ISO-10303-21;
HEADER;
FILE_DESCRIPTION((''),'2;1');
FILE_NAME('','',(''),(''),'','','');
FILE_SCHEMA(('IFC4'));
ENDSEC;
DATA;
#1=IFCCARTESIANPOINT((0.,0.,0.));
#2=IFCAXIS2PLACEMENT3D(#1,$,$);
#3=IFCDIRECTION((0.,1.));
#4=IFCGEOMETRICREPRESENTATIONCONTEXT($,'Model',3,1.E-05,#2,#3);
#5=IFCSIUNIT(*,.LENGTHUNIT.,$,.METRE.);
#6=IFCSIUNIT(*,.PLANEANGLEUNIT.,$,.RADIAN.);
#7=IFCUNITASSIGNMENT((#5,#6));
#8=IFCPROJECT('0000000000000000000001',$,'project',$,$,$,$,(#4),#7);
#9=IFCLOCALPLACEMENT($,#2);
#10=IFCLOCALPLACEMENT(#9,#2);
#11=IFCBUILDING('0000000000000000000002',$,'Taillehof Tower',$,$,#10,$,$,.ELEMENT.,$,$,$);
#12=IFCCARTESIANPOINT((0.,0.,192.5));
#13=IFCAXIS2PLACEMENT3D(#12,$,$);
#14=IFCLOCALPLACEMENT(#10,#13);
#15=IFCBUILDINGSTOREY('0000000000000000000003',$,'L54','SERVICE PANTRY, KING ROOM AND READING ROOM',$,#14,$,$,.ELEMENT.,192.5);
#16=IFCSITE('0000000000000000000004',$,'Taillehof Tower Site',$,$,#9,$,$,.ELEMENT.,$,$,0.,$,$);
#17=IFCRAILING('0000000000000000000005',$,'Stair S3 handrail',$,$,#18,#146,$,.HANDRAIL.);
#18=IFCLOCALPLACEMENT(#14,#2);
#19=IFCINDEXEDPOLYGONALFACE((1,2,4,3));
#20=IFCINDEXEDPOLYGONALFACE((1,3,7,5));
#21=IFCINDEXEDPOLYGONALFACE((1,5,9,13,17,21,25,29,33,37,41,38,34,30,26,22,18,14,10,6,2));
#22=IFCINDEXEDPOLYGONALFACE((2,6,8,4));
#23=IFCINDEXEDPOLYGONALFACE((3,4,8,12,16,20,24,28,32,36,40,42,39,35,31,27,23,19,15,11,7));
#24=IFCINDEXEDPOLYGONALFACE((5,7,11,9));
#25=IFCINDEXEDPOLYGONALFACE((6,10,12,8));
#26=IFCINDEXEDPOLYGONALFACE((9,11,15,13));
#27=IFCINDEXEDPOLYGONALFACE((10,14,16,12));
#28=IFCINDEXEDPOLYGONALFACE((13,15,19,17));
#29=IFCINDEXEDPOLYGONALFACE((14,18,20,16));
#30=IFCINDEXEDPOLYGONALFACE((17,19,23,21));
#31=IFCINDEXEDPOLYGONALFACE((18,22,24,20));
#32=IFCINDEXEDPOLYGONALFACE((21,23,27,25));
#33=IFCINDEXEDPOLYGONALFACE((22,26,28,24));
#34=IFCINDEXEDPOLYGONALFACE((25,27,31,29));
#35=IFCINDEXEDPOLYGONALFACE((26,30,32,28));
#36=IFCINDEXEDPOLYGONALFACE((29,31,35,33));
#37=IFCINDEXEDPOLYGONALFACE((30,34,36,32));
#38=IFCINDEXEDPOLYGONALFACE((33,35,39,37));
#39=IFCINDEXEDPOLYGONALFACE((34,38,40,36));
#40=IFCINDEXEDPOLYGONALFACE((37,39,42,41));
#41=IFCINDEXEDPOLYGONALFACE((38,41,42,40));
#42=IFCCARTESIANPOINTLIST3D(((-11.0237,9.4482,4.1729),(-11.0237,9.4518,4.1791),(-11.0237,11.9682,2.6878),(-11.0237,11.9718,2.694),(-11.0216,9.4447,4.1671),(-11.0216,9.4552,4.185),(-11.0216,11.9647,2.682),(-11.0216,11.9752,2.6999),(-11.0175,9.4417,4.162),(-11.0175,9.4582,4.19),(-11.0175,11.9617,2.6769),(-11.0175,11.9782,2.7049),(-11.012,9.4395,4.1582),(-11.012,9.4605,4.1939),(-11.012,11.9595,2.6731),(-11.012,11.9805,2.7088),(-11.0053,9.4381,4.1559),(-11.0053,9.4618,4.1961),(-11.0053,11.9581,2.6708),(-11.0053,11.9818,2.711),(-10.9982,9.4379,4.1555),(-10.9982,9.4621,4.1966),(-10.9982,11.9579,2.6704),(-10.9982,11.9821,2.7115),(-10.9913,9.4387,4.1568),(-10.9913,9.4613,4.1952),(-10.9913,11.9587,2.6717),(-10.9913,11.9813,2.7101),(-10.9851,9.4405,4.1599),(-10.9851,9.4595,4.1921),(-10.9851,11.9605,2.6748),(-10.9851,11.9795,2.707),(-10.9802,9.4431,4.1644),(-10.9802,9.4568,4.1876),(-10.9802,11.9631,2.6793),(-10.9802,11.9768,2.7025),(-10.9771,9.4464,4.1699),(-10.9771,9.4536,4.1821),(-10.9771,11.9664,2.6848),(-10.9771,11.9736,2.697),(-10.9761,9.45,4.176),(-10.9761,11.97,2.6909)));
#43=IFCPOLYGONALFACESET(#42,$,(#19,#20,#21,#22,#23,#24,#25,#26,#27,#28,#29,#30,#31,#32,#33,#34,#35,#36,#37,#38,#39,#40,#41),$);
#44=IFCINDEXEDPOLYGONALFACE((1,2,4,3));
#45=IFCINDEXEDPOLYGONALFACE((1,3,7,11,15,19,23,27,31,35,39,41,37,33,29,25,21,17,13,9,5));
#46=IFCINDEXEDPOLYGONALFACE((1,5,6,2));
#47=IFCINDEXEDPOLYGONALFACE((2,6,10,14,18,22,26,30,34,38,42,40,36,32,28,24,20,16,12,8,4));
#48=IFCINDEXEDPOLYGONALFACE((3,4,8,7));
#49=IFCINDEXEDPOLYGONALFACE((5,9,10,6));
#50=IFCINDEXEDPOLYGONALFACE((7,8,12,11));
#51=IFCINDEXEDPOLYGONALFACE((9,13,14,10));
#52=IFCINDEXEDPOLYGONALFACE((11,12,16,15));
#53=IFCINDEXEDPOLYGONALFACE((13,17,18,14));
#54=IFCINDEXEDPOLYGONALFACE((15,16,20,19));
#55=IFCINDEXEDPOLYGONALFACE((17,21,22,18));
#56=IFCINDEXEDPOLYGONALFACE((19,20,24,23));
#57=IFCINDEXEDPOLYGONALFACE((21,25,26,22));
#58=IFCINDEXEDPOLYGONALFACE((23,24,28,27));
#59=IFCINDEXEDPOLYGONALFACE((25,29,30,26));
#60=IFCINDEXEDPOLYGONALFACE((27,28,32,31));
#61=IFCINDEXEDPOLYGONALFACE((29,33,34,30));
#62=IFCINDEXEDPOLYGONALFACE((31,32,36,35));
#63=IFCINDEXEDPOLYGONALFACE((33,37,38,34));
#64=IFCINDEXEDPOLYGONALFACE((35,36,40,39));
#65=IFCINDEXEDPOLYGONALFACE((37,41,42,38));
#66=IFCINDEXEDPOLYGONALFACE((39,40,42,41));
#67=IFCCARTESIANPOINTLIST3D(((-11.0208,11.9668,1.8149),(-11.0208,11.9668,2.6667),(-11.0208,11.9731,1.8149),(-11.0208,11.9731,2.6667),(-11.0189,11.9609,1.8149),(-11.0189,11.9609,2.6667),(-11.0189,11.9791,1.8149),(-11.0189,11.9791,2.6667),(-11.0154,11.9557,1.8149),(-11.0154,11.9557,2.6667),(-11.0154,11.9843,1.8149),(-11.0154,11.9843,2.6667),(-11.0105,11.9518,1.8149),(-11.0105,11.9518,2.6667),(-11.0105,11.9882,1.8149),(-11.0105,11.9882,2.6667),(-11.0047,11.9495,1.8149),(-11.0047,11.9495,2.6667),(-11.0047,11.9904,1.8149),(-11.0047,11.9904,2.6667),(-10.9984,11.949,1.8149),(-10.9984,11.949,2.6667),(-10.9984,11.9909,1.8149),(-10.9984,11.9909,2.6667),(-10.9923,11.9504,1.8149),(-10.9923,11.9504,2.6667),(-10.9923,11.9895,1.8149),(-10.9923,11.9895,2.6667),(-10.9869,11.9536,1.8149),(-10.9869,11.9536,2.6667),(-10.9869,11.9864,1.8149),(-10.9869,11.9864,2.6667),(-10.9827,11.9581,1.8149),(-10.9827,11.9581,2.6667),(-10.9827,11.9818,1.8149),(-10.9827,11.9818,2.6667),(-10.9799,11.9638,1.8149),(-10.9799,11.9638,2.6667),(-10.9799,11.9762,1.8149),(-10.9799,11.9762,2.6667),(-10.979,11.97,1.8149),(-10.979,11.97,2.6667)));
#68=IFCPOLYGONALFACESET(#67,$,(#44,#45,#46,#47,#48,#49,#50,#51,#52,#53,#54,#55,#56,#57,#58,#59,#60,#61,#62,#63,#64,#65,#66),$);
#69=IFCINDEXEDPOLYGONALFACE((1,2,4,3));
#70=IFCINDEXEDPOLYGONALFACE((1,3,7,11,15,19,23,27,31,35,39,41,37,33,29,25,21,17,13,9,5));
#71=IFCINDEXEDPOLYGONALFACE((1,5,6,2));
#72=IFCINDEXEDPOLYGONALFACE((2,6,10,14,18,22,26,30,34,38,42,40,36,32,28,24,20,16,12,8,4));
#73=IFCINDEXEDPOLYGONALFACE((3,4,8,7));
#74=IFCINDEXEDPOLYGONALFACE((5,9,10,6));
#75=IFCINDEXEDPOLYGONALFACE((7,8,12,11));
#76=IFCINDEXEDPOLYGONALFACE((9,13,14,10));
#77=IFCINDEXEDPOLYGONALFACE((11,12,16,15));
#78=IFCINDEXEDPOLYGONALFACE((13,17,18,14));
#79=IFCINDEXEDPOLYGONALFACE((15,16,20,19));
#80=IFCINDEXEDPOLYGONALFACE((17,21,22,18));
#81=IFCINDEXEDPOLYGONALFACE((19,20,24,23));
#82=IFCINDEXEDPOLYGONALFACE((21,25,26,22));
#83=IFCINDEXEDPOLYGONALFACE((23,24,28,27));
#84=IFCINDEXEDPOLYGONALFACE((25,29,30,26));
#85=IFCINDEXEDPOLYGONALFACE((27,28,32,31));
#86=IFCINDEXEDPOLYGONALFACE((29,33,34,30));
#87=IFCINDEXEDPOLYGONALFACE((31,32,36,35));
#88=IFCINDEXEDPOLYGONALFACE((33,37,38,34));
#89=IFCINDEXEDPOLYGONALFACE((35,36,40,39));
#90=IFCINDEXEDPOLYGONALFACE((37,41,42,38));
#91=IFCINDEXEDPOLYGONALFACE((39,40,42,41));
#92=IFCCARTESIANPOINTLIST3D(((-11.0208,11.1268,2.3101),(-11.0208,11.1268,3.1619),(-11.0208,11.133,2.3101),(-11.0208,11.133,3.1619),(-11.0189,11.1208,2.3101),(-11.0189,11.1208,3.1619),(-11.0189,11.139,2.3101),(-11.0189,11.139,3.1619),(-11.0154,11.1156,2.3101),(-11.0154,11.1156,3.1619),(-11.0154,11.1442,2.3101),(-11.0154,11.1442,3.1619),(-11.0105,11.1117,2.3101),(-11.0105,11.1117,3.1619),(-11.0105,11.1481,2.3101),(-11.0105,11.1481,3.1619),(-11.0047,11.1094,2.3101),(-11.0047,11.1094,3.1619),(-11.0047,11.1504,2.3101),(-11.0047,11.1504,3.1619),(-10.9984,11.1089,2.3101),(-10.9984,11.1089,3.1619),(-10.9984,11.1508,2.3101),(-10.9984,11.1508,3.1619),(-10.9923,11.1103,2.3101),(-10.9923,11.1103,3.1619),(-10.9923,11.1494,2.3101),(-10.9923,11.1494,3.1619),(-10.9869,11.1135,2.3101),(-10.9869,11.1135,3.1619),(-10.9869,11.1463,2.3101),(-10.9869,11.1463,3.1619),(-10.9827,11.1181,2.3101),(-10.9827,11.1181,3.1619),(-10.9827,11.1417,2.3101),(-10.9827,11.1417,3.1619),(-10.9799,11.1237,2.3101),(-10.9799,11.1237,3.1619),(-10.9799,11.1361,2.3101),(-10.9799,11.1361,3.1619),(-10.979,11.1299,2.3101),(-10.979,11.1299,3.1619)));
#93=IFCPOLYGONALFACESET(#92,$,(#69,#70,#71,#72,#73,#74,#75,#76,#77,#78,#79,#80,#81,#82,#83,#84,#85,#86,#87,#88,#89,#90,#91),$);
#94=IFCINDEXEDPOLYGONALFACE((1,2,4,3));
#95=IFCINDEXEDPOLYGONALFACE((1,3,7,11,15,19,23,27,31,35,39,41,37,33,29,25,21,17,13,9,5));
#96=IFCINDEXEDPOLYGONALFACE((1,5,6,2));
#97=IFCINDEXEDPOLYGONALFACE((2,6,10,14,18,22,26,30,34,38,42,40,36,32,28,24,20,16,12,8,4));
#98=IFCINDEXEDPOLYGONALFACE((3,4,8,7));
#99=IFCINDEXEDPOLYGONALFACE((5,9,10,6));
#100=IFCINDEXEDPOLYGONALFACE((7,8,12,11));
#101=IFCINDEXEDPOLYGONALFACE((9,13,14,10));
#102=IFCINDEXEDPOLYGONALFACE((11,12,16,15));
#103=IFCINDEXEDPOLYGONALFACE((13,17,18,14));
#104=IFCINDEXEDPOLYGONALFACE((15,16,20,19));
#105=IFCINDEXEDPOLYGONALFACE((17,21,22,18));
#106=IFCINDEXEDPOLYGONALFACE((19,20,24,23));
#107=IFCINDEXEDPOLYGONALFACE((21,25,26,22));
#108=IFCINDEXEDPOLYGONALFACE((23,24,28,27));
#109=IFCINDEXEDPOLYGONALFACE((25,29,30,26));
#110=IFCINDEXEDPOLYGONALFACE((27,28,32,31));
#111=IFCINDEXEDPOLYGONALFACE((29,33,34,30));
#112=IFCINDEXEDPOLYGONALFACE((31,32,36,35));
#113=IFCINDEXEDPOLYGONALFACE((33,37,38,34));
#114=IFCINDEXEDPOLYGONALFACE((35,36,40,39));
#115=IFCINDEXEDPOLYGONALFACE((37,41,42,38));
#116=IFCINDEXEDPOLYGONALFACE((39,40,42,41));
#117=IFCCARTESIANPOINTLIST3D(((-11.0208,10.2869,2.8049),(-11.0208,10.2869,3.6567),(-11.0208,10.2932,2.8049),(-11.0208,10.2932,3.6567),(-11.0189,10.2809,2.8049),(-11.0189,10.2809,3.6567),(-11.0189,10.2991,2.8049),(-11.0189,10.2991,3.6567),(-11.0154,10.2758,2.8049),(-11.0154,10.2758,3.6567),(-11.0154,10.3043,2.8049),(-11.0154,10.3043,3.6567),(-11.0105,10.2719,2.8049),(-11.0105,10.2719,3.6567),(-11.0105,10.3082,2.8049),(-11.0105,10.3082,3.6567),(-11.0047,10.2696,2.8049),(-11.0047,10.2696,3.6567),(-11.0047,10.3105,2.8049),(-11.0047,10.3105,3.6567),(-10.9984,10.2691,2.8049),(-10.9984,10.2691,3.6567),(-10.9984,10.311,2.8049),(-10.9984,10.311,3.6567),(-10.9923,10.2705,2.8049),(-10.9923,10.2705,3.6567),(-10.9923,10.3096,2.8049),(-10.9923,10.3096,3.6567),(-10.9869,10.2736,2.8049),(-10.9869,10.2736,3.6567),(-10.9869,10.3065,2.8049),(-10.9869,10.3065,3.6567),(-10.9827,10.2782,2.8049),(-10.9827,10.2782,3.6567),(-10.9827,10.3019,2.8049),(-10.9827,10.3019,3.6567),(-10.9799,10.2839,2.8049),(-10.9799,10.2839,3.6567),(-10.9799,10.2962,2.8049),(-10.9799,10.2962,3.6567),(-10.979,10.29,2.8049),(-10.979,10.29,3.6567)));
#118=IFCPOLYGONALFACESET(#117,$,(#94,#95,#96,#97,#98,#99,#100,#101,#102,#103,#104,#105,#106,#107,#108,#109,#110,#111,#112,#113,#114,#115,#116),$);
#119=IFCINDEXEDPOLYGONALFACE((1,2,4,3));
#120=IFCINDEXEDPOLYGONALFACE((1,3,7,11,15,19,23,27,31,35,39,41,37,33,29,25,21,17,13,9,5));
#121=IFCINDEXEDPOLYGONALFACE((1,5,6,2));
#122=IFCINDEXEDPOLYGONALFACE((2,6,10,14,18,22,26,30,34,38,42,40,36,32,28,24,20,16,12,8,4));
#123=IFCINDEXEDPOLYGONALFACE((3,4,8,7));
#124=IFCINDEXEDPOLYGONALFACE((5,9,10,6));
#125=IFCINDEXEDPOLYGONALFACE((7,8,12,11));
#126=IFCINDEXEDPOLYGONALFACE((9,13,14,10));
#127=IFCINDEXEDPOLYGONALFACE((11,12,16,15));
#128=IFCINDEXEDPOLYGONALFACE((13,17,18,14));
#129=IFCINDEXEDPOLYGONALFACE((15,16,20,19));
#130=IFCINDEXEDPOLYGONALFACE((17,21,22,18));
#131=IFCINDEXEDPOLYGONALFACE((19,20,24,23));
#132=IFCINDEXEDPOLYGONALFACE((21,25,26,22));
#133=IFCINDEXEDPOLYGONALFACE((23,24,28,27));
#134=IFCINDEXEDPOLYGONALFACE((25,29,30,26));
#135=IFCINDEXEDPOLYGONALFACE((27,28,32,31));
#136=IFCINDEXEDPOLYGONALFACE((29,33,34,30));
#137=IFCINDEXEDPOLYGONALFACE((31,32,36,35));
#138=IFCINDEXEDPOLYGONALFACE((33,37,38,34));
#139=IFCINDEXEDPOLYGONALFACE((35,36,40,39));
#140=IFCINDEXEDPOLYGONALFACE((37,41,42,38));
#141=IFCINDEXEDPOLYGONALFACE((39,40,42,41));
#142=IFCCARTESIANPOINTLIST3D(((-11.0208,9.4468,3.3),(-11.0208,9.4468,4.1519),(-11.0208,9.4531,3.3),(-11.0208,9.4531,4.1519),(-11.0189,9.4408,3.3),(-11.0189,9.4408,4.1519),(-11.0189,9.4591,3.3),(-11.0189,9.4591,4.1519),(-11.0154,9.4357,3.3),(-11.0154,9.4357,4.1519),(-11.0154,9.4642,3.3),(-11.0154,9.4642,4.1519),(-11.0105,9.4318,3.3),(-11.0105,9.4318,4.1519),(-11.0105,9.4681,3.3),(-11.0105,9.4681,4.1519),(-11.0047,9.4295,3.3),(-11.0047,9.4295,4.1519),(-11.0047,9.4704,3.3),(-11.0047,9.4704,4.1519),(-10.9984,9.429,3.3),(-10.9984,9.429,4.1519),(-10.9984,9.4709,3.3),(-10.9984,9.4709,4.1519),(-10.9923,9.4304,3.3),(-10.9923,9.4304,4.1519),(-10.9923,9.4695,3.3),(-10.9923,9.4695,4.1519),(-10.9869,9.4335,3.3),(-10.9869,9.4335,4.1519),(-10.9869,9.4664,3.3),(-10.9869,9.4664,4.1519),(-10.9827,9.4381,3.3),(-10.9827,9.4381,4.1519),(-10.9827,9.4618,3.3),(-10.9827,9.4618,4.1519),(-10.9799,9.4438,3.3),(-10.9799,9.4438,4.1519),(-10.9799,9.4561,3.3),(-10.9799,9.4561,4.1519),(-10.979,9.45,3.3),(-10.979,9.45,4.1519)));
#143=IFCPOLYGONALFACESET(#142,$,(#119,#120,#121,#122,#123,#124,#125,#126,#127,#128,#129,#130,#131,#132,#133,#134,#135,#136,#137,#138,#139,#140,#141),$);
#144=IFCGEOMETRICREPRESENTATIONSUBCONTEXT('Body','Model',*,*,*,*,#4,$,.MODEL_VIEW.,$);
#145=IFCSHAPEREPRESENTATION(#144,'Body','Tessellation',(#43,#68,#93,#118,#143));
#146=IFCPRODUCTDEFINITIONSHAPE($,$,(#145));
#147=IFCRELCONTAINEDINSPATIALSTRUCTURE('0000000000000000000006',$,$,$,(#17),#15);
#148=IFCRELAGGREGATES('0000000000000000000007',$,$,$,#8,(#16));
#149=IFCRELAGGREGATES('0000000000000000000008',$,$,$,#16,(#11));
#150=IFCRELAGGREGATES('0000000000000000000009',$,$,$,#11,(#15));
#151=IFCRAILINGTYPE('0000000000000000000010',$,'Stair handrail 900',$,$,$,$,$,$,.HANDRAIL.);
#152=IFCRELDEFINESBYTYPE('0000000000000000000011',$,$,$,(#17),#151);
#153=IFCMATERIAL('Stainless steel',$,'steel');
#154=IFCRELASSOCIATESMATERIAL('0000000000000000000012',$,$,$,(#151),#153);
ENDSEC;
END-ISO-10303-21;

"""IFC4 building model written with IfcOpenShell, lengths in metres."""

from ifc_helpers import new_model, si_unit, direction, frame, origin, origin_2d, place, context, subcontext, project, spatial, circle, extrude, material, type_object, element, save


model = new_model("IFC4")

# Units and contexts
model_context = context("Model", 3, precision=1e-05, world=origin(), true_north=direction((0.0, 1.0)))
body_context = subcontext(model_context, "Body", "Model", "MODEL_VIEW")
ifc_project = project(units=[si_unit("LENGTHUNIT", "METRE"), si_unit("PLANEANGLEUNIT", "RADIAN")], contexts=[model_context])

# Site, building, storey
site_placement = place(None, origin())
site = spatial("IfcSite", under=ifc_project, at=site_placement, Name="Taillehof Tower Site", CompositionType="ELEMENT", RefElevation=0.0)
building_placement = place(site_placement, origin())
building = spatial("IfcBuilding", under=site, at=building_placement, Name="Taillehof Tower", CompositionType="ELEMENT")
storey_placement = place(building_placement, frame((0.0, 0.0, 192.5)))
storey = spatial("IfcBuildingStorey", under=building, at=storey_placement, Name="L54", Description="SERVICE PANTRY, KING ROOM AND READING ROOM", CompositionType="ELEMENT", Elevation=192.5)

# Railing
ifc_material_1 = material(Name="Stainless steel", Category="steel")
railing_type = type_object("IfcRailingType", Name="Stair handrail 900", PredefinedType="HANDRAIL", material=ifc_material_1)
railing_placement = place(storey_placement, frame((-11.0, 11.97, 1.8149)))
element("IfcRailing", 1, at=railing_placement, inside=storey, type_object=railing_type, Name="Stair S3 handrail", PredefinedType="HANDRAIL", context=body_context, shape_type="SweptSolid", body=[
    extrude(circle(Radius=0.0239, at=origin_2d()), frame((0.0, 0.0, 0.876), z_axis=(0.0, -0.861524, 0.507717), x_axis=(1.0, 0.0, 0.0)), (0.0, 0.0, 1.0), 2.925),
    extrude(circle(Radius=0.021, at=origin_2d()), origin(), (0.0, 0.0, 1.0), 0.8518),
    extrude(circle(Radius=0.021, at=origin_2d()), frame((0.0, -0.8401, 0.4951)), (0.0, 0.0, 1.0), 0.8518),
    extrude(circle(Radius=0.021, at=origin_2d()), frame((0.0, -1.6799, 0.99)), (0.0, 0.0, 1.0), 0.8518),
    extrude(circle(Radius=0.021, at=origin_2d()), frame((0.0, -2.52, 1.4851)), (0.0, 0.0, 1.0), 0.8518),
])

save(model, "model.ifc")
